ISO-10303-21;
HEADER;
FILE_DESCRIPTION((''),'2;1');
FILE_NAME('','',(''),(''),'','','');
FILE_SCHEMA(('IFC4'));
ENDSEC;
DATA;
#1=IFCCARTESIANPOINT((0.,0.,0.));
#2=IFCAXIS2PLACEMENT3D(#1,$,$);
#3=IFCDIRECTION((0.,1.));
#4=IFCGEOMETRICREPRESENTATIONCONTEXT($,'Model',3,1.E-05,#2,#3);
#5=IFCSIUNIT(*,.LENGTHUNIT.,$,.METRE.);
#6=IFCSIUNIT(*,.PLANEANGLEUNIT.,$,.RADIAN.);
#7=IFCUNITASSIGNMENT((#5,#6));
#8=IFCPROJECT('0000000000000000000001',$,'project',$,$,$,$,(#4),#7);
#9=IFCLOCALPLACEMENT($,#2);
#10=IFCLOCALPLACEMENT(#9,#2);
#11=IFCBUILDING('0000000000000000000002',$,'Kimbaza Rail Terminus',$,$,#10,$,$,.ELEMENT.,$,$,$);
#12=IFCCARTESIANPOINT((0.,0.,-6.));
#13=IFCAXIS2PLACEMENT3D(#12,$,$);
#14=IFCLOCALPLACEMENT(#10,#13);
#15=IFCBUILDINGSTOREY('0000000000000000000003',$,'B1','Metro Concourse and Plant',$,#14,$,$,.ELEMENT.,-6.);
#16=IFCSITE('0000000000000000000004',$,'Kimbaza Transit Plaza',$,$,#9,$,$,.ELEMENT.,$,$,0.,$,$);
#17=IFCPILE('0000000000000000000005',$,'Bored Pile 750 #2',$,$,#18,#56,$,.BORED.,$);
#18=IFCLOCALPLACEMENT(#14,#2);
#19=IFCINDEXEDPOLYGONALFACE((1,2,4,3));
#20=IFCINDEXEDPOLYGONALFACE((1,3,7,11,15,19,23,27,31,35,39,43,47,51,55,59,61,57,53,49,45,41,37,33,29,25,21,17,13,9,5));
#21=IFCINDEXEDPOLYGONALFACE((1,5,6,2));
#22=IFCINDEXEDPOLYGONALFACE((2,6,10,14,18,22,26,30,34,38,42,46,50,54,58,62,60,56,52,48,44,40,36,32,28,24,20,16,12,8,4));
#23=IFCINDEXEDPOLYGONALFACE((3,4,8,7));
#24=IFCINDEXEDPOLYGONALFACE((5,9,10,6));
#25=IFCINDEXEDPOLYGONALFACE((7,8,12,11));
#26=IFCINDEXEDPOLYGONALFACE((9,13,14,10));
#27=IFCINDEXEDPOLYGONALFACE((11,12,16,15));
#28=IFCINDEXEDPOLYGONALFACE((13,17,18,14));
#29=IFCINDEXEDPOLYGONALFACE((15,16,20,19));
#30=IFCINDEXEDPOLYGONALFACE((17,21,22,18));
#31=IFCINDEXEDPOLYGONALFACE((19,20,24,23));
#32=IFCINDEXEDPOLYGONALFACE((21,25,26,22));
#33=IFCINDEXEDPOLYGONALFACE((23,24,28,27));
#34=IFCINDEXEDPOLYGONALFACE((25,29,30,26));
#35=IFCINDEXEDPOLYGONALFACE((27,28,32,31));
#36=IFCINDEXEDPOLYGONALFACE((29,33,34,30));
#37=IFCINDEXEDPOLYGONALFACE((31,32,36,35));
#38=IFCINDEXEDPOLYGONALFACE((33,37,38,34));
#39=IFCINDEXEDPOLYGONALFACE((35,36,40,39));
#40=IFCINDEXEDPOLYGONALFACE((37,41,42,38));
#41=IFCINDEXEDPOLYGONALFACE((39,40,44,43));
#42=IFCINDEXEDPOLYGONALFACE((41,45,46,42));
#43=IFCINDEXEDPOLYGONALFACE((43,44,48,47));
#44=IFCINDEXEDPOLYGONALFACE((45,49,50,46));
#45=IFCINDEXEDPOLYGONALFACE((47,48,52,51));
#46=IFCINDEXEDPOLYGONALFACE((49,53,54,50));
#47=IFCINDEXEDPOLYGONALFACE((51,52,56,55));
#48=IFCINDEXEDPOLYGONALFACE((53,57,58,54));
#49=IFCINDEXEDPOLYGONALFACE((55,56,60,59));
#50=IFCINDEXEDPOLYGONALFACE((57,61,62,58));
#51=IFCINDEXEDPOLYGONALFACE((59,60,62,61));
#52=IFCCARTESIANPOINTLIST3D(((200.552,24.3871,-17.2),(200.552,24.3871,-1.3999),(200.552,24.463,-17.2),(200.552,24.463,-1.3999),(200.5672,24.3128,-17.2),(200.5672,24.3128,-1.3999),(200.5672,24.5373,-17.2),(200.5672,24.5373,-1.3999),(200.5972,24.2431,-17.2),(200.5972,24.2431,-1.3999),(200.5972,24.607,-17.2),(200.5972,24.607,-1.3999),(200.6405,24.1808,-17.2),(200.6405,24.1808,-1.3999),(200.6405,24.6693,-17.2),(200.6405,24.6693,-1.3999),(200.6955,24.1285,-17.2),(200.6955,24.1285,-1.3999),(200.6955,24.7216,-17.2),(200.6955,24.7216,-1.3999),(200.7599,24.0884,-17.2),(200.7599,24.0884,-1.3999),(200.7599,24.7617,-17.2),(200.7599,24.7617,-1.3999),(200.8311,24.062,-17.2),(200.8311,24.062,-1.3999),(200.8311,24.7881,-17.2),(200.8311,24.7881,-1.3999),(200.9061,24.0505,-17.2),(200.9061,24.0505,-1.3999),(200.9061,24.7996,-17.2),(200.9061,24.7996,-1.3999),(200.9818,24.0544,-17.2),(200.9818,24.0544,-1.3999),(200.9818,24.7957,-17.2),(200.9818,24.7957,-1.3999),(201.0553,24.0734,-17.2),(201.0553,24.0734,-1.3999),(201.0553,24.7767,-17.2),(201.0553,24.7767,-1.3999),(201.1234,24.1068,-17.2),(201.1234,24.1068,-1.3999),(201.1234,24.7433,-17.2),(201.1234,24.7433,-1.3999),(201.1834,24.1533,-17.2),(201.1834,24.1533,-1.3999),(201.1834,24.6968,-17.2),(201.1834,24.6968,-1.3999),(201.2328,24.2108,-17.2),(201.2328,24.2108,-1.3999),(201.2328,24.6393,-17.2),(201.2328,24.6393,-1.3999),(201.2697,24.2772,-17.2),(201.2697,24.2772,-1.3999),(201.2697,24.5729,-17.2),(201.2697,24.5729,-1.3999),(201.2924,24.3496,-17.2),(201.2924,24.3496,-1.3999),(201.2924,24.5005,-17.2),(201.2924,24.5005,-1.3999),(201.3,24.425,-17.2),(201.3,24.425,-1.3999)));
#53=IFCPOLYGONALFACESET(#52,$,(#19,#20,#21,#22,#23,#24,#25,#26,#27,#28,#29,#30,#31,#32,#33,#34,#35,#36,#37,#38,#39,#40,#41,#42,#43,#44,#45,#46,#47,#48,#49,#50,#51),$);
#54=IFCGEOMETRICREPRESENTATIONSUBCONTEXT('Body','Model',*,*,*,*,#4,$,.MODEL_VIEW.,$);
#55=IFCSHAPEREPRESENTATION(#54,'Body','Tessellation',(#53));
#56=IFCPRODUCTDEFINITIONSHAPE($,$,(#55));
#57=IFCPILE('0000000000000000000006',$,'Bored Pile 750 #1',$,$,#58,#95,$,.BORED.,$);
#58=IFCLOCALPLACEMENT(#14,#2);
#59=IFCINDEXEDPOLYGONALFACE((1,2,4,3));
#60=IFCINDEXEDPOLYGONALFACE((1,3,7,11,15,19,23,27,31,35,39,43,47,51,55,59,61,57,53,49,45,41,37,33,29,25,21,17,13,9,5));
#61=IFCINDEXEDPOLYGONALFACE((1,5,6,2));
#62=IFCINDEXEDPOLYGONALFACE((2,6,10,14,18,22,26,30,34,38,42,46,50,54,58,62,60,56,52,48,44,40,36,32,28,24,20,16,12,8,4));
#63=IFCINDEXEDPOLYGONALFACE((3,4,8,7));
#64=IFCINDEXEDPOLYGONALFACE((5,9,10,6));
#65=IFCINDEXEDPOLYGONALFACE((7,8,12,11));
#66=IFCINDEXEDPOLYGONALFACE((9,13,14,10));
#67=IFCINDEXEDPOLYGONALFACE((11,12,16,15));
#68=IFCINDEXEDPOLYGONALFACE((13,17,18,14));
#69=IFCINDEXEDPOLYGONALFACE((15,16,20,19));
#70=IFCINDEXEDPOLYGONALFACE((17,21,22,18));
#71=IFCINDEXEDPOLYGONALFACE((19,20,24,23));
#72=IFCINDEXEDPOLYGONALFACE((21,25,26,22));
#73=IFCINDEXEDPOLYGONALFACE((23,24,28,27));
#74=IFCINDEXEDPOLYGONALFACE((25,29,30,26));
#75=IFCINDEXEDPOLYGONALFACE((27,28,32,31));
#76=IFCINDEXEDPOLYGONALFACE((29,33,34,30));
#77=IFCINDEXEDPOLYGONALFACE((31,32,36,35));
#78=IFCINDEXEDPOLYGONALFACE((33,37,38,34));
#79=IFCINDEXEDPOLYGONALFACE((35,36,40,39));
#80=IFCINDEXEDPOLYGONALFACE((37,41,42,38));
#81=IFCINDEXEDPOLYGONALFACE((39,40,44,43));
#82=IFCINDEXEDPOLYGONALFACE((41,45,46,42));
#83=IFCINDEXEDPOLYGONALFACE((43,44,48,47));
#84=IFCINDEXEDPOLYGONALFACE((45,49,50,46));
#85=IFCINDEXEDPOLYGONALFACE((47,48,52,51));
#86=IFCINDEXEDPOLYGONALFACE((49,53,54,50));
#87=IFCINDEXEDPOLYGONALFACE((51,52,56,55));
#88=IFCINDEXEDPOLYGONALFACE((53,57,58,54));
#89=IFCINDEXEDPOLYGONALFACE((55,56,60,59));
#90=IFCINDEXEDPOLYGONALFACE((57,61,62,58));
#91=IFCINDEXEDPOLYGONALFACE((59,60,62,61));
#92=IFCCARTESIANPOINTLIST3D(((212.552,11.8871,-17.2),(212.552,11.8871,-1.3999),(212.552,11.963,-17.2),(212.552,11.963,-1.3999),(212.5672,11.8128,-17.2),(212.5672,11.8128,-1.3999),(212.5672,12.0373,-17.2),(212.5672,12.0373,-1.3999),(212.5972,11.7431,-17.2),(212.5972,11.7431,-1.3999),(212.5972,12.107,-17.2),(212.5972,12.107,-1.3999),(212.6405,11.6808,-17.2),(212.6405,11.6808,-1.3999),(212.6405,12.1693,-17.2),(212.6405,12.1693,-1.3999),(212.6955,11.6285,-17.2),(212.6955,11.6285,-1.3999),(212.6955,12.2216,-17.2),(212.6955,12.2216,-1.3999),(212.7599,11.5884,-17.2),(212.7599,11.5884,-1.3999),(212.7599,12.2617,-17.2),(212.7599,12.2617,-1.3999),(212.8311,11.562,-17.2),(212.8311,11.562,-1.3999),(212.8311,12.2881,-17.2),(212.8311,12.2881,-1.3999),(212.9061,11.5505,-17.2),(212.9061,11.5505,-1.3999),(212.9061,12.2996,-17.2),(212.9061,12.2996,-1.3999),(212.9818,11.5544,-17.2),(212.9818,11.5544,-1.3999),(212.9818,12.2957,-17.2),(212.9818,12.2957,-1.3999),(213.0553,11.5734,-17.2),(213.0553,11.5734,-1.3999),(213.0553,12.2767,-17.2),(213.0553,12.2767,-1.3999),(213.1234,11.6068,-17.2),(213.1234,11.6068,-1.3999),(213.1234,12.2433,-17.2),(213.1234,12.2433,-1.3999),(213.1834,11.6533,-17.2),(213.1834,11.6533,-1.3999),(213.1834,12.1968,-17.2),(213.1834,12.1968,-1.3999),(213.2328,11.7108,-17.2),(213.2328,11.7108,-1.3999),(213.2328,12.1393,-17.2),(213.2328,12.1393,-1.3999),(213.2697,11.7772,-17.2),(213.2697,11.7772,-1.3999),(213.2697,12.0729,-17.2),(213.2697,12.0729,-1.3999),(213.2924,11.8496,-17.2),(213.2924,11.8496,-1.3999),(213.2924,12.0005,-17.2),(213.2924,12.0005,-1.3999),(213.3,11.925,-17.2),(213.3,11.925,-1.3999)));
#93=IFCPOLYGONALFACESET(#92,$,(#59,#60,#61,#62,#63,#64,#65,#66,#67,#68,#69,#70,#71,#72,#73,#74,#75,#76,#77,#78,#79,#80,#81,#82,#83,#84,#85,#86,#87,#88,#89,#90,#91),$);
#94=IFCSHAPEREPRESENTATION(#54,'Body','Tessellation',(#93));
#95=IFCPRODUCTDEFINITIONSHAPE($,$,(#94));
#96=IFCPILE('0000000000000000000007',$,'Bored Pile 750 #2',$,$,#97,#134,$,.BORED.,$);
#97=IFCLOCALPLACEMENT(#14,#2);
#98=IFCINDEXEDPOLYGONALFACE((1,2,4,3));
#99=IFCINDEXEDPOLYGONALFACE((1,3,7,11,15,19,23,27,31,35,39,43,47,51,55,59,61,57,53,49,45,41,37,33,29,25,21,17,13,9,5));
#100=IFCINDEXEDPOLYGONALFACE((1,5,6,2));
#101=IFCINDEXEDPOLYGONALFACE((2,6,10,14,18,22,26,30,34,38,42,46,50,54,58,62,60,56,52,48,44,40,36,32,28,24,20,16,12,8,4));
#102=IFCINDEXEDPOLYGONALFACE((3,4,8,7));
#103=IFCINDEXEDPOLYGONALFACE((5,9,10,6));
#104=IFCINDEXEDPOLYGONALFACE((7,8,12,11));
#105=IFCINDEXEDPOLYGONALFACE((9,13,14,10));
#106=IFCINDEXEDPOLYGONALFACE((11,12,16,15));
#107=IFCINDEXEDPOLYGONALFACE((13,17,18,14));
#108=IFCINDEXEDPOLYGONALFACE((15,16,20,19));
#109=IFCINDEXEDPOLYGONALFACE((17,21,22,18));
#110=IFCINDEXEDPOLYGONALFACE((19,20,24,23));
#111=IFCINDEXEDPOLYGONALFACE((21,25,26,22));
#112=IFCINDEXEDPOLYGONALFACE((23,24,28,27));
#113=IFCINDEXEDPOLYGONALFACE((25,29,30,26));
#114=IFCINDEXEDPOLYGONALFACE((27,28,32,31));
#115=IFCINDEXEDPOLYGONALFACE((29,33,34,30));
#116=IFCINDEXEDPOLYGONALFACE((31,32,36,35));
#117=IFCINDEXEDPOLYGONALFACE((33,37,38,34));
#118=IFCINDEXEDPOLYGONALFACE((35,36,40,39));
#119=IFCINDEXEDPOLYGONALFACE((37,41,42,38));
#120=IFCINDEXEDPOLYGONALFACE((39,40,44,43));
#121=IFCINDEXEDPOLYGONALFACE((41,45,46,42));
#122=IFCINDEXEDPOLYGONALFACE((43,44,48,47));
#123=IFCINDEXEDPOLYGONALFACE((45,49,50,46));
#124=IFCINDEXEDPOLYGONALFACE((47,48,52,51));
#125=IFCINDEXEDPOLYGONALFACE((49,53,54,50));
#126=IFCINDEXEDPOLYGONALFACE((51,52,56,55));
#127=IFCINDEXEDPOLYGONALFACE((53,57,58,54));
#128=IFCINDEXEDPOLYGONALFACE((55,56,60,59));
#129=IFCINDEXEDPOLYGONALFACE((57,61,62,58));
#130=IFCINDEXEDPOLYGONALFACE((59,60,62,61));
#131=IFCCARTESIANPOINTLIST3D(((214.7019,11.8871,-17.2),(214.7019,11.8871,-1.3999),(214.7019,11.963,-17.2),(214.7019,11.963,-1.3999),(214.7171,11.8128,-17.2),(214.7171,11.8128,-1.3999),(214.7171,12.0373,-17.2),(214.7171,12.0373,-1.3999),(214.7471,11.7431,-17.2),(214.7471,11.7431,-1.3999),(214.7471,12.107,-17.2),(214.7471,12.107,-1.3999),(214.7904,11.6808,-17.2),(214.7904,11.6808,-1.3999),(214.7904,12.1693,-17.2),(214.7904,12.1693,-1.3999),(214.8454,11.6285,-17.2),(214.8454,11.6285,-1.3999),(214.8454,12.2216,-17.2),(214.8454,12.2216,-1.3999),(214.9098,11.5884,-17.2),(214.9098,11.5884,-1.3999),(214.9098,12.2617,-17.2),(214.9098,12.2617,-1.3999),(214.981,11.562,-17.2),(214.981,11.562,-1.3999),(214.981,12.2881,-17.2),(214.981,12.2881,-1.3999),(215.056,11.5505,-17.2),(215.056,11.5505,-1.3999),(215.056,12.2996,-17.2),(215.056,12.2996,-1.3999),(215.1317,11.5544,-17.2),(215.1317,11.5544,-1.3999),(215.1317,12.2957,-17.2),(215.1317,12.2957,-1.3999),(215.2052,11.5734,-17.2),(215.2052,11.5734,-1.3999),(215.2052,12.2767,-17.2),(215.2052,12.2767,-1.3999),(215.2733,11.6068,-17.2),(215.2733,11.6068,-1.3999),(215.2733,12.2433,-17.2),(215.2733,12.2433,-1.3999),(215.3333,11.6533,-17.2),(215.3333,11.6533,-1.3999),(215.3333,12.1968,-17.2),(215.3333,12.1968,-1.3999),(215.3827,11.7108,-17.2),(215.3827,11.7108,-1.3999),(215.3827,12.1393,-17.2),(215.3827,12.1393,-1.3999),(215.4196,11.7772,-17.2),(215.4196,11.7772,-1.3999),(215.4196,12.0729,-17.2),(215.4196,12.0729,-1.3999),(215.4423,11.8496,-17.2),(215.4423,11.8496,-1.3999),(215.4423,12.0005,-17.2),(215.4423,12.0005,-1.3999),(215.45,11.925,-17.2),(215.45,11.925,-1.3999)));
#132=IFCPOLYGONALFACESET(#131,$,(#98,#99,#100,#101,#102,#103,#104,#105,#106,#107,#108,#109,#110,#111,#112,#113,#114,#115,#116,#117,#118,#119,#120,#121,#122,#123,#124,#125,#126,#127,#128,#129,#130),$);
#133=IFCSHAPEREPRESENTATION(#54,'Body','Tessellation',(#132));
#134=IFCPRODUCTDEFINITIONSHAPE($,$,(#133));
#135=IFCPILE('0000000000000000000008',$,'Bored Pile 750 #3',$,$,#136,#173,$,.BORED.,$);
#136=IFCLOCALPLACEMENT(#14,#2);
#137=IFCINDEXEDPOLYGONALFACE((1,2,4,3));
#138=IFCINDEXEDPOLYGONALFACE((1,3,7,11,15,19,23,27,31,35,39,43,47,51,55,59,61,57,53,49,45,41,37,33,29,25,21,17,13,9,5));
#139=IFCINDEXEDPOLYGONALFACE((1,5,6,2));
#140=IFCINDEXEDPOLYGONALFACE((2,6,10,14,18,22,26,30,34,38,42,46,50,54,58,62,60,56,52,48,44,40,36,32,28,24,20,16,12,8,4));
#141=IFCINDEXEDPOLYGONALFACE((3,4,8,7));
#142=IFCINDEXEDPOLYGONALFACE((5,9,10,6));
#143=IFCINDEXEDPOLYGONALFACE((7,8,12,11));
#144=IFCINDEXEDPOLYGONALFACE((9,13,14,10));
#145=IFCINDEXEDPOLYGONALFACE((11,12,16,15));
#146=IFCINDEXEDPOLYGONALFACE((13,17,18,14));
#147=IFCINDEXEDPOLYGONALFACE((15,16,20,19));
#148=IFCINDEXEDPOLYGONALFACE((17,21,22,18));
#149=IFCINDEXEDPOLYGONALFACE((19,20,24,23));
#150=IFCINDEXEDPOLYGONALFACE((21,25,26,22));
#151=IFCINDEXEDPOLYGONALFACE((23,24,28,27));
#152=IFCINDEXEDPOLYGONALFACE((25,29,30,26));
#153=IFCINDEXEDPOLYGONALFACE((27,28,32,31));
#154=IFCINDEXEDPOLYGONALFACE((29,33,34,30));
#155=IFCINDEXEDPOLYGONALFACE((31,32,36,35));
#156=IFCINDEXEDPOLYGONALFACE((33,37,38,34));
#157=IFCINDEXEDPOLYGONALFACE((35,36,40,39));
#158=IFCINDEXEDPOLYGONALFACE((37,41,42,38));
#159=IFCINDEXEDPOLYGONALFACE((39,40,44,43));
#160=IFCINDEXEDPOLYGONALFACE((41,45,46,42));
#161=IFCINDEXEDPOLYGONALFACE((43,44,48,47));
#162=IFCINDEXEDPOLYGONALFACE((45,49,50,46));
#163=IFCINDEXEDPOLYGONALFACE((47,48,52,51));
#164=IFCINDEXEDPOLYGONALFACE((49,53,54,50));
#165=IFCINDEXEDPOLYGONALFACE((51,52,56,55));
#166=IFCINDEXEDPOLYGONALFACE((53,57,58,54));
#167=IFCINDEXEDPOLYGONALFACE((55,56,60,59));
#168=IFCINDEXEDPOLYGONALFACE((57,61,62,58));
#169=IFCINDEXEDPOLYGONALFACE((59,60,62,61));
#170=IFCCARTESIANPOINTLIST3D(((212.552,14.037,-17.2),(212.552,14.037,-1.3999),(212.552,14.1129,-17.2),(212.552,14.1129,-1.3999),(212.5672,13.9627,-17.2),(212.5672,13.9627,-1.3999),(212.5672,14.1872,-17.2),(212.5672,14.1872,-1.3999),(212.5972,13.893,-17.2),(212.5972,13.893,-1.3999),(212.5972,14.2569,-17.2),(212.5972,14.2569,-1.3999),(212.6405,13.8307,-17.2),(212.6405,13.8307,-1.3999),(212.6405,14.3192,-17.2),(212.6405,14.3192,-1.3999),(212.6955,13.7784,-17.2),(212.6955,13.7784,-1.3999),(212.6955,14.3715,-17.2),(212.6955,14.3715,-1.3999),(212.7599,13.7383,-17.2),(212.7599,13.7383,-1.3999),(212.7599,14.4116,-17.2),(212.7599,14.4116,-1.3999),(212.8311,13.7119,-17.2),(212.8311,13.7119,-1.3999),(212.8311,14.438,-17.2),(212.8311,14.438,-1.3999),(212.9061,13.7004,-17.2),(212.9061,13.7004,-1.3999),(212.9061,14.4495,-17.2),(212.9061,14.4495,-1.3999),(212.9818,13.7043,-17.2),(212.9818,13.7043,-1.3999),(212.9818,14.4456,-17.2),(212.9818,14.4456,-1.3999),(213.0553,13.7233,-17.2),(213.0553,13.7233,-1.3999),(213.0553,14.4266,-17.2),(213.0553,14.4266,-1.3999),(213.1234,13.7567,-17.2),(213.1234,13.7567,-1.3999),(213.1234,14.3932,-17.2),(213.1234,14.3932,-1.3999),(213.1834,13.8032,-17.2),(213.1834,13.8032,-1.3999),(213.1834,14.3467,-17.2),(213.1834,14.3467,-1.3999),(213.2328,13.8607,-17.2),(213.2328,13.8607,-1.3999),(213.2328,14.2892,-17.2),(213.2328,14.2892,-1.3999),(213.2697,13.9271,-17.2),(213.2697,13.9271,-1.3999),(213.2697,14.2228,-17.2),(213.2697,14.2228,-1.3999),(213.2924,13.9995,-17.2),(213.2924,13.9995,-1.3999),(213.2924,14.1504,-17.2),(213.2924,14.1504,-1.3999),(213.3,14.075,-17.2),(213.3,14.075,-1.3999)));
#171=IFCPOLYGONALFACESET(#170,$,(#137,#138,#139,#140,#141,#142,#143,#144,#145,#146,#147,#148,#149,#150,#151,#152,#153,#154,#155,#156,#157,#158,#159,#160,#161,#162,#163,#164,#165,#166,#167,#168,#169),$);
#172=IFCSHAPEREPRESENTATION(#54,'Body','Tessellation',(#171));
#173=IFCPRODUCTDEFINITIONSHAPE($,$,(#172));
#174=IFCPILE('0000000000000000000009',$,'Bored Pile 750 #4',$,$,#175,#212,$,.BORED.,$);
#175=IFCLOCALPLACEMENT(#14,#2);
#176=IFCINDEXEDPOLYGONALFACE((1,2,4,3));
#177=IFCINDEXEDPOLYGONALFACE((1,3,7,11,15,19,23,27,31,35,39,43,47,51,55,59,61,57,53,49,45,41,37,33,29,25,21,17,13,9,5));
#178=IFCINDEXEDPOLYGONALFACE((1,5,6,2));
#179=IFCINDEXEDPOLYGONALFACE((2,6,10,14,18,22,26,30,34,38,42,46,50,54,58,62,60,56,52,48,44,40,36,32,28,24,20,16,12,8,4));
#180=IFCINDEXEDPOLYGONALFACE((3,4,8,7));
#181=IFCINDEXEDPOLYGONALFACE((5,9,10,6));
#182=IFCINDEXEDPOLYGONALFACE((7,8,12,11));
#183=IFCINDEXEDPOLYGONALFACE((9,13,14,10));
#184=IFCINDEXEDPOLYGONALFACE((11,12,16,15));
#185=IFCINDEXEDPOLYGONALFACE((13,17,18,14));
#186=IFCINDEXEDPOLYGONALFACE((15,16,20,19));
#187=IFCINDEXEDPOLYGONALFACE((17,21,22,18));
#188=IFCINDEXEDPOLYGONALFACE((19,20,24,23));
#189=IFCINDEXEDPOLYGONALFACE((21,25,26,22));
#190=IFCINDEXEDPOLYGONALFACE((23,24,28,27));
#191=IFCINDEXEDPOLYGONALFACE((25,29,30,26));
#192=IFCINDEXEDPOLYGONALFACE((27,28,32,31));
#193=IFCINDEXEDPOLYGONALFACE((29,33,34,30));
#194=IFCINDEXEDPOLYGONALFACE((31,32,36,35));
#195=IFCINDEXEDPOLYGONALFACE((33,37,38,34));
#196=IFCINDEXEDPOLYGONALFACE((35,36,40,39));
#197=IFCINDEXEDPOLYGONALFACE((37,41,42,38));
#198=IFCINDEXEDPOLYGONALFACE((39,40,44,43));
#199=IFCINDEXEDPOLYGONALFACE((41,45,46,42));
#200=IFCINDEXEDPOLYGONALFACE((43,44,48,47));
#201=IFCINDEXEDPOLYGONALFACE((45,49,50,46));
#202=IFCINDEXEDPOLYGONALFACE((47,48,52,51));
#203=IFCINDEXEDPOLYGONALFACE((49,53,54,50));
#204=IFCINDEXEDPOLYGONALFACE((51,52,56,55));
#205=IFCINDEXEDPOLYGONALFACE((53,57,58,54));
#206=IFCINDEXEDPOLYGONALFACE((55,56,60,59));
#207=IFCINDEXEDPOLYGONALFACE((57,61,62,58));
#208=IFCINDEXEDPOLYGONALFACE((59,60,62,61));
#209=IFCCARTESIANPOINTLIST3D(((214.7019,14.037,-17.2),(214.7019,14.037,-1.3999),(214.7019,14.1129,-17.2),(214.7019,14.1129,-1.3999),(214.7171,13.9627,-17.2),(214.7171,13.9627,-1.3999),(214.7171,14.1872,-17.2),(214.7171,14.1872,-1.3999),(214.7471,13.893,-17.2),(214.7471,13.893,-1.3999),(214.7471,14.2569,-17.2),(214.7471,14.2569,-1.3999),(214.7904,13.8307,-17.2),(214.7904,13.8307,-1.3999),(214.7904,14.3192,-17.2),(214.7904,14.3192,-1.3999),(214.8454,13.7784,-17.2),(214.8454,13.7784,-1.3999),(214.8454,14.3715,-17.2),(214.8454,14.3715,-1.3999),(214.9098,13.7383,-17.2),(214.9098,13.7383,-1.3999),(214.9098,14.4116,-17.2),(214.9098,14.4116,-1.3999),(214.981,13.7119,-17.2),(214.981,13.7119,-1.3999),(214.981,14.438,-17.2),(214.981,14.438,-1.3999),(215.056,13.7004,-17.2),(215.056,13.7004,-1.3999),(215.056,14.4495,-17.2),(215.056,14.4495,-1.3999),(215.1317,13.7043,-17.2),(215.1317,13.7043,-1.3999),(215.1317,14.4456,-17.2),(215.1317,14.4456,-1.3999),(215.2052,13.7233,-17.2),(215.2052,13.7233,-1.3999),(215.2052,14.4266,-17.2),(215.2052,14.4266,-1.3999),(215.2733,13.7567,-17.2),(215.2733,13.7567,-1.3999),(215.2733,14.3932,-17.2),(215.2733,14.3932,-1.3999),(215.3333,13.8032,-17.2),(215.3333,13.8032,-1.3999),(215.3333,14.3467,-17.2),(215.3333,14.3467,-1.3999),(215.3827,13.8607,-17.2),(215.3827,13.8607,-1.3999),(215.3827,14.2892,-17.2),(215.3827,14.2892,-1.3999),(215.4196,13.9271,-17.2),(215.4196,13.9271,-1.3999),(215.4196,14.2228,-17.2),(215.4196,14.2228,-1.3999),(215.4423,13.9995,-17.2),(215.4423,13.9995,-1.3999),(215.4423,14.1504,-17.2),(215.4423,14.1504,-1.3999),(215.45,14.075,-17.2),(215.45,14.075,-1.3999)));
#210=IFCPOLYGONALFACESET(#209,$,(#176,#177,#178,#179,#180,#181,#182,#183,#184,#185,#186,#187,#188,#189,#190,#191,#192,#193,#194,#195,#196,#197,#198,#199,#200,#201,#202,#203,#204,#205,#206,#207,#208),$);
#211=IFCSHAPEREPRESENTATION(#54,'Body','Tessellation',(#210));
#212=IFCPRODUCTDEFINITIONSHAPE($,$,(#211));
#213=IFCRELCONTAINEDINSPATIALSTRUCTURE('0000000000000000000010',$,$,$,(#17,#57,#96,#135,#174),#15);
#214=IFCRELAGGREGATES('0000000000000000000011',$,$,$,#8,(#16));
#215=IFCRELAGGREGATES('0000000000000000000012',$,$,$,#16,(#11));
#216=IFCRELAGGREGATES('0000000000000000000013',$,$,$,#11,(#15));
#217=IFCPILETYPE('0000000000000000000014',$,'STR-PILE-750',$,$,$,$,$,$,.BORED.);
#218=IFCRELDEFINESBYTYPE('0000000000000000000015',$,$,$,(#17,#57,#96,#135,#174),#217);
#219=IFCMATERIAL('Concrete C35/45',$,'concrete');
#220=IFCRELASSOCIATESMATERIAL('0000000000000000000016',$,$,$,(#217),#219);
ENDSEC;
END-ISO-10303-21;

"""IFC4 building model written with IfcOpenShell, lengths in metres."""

from ifc_helpers import new_model, si_unit, direction, frame, origin, origin_2d, place, context, subcontext, project, spatial, circle, extrude, material, material_profile, profile_set, type_object, element, save


model = new_model("IFC4")

# Units and contexts
model_context = context("Model", 3, precision=1e-05, world=origin(), true_north=direction((0.0, 1.0)))
body_context = subcontext(model_context, "Body", "Model", "MODEL_VIEW")
ifc_project = project(units=[si_unit("LENGTHUNIT", "METRE"), si_unit("PLANEANGLEUNIT", "RADIAN")], contexts=[model_context])

# Site, building, storey
site_placement = place(None, origin())
site = spatial("IfcSite", under=ifc_project, at=site_placement, Name="Kimbaza Transit Plaza", CompositionType="ELEMENT", RefElevation=0.0)
building_placement = place(site_placement, origin())
building = spatial("IfcBuilding", under=site, at=building_placement, Name="Kimbaza Rail Terminus", CompositionType="ELEMENT")
storey_placement = place(building_placement, frame((0.0, 0.0, -6.0)))
storey = spatial("IfcBuildingStorey", under=building, at=storey_placement, Name="B1", Description="Metro Concourse and Plant", CompositionType="ELEMENT", Elevation=-6.0)

# Piles
ifc_material_1 = material(Name="Concrete C35/45", Category="concrete")
ifc_material_profile_1 = material_profile(ifc_material_1, circle(Radius=0.375, at=origin_2d()), Name="BORED PILE 750")
ifc_profile_set_1 = profile_set([ifc_material_profile_1], Name="Concrete C35/45")
pile_type = type_object("IfcPileType", Name="STR-PILE-750", PredefinedType="BORED", material=ifc_profile_set_1)
for number, where, z_axis, x_axis, name in (
    (1, (200.925, 24.425, -1.3999), (0.0, 0.0, -1.0), (1.0, 0.0, 0.0), "Bored Pile 750 #2"),
    (2, (212.925, 11.925, -1.3999), (0.0, 0.0, -1.0), (1.0, 0.0, 0.0), "Bored Pile 750 #1"),
    (3, (215.075, 11.925, -1.3999), (0.0, 0.0, -1.0), (1.0, 0.0, 0.0), "Bored Pile 750 #2"),
    (4, (212.925, 14.075, -1.3999), (0.0, 0.0, -1.0), (1.0, 0.0, 0.0), "Bored Pile 750 #3"),
    (5, (215.075, 14.075, -1.3999), (0.0, 0.0, -1.0), (1.0, 0.0, 0.0), "Bored Pile 750 #4"),
):
    element("IfcPile", number, at=place(storey_placement, frame(where, z_axis=z_axis, x_axis=x_axis)), inside=storey, type_object=pile_type, Name=name, PredefinedType="BORED", context=body_context, shape_type="SweptSolid", body=[
        extrude(circle(Radius=0.375, at=origin_2d()), origin(), (0.0, 0.0, 1.0), 15.8),
    ])

save(model, "model.ifc")
